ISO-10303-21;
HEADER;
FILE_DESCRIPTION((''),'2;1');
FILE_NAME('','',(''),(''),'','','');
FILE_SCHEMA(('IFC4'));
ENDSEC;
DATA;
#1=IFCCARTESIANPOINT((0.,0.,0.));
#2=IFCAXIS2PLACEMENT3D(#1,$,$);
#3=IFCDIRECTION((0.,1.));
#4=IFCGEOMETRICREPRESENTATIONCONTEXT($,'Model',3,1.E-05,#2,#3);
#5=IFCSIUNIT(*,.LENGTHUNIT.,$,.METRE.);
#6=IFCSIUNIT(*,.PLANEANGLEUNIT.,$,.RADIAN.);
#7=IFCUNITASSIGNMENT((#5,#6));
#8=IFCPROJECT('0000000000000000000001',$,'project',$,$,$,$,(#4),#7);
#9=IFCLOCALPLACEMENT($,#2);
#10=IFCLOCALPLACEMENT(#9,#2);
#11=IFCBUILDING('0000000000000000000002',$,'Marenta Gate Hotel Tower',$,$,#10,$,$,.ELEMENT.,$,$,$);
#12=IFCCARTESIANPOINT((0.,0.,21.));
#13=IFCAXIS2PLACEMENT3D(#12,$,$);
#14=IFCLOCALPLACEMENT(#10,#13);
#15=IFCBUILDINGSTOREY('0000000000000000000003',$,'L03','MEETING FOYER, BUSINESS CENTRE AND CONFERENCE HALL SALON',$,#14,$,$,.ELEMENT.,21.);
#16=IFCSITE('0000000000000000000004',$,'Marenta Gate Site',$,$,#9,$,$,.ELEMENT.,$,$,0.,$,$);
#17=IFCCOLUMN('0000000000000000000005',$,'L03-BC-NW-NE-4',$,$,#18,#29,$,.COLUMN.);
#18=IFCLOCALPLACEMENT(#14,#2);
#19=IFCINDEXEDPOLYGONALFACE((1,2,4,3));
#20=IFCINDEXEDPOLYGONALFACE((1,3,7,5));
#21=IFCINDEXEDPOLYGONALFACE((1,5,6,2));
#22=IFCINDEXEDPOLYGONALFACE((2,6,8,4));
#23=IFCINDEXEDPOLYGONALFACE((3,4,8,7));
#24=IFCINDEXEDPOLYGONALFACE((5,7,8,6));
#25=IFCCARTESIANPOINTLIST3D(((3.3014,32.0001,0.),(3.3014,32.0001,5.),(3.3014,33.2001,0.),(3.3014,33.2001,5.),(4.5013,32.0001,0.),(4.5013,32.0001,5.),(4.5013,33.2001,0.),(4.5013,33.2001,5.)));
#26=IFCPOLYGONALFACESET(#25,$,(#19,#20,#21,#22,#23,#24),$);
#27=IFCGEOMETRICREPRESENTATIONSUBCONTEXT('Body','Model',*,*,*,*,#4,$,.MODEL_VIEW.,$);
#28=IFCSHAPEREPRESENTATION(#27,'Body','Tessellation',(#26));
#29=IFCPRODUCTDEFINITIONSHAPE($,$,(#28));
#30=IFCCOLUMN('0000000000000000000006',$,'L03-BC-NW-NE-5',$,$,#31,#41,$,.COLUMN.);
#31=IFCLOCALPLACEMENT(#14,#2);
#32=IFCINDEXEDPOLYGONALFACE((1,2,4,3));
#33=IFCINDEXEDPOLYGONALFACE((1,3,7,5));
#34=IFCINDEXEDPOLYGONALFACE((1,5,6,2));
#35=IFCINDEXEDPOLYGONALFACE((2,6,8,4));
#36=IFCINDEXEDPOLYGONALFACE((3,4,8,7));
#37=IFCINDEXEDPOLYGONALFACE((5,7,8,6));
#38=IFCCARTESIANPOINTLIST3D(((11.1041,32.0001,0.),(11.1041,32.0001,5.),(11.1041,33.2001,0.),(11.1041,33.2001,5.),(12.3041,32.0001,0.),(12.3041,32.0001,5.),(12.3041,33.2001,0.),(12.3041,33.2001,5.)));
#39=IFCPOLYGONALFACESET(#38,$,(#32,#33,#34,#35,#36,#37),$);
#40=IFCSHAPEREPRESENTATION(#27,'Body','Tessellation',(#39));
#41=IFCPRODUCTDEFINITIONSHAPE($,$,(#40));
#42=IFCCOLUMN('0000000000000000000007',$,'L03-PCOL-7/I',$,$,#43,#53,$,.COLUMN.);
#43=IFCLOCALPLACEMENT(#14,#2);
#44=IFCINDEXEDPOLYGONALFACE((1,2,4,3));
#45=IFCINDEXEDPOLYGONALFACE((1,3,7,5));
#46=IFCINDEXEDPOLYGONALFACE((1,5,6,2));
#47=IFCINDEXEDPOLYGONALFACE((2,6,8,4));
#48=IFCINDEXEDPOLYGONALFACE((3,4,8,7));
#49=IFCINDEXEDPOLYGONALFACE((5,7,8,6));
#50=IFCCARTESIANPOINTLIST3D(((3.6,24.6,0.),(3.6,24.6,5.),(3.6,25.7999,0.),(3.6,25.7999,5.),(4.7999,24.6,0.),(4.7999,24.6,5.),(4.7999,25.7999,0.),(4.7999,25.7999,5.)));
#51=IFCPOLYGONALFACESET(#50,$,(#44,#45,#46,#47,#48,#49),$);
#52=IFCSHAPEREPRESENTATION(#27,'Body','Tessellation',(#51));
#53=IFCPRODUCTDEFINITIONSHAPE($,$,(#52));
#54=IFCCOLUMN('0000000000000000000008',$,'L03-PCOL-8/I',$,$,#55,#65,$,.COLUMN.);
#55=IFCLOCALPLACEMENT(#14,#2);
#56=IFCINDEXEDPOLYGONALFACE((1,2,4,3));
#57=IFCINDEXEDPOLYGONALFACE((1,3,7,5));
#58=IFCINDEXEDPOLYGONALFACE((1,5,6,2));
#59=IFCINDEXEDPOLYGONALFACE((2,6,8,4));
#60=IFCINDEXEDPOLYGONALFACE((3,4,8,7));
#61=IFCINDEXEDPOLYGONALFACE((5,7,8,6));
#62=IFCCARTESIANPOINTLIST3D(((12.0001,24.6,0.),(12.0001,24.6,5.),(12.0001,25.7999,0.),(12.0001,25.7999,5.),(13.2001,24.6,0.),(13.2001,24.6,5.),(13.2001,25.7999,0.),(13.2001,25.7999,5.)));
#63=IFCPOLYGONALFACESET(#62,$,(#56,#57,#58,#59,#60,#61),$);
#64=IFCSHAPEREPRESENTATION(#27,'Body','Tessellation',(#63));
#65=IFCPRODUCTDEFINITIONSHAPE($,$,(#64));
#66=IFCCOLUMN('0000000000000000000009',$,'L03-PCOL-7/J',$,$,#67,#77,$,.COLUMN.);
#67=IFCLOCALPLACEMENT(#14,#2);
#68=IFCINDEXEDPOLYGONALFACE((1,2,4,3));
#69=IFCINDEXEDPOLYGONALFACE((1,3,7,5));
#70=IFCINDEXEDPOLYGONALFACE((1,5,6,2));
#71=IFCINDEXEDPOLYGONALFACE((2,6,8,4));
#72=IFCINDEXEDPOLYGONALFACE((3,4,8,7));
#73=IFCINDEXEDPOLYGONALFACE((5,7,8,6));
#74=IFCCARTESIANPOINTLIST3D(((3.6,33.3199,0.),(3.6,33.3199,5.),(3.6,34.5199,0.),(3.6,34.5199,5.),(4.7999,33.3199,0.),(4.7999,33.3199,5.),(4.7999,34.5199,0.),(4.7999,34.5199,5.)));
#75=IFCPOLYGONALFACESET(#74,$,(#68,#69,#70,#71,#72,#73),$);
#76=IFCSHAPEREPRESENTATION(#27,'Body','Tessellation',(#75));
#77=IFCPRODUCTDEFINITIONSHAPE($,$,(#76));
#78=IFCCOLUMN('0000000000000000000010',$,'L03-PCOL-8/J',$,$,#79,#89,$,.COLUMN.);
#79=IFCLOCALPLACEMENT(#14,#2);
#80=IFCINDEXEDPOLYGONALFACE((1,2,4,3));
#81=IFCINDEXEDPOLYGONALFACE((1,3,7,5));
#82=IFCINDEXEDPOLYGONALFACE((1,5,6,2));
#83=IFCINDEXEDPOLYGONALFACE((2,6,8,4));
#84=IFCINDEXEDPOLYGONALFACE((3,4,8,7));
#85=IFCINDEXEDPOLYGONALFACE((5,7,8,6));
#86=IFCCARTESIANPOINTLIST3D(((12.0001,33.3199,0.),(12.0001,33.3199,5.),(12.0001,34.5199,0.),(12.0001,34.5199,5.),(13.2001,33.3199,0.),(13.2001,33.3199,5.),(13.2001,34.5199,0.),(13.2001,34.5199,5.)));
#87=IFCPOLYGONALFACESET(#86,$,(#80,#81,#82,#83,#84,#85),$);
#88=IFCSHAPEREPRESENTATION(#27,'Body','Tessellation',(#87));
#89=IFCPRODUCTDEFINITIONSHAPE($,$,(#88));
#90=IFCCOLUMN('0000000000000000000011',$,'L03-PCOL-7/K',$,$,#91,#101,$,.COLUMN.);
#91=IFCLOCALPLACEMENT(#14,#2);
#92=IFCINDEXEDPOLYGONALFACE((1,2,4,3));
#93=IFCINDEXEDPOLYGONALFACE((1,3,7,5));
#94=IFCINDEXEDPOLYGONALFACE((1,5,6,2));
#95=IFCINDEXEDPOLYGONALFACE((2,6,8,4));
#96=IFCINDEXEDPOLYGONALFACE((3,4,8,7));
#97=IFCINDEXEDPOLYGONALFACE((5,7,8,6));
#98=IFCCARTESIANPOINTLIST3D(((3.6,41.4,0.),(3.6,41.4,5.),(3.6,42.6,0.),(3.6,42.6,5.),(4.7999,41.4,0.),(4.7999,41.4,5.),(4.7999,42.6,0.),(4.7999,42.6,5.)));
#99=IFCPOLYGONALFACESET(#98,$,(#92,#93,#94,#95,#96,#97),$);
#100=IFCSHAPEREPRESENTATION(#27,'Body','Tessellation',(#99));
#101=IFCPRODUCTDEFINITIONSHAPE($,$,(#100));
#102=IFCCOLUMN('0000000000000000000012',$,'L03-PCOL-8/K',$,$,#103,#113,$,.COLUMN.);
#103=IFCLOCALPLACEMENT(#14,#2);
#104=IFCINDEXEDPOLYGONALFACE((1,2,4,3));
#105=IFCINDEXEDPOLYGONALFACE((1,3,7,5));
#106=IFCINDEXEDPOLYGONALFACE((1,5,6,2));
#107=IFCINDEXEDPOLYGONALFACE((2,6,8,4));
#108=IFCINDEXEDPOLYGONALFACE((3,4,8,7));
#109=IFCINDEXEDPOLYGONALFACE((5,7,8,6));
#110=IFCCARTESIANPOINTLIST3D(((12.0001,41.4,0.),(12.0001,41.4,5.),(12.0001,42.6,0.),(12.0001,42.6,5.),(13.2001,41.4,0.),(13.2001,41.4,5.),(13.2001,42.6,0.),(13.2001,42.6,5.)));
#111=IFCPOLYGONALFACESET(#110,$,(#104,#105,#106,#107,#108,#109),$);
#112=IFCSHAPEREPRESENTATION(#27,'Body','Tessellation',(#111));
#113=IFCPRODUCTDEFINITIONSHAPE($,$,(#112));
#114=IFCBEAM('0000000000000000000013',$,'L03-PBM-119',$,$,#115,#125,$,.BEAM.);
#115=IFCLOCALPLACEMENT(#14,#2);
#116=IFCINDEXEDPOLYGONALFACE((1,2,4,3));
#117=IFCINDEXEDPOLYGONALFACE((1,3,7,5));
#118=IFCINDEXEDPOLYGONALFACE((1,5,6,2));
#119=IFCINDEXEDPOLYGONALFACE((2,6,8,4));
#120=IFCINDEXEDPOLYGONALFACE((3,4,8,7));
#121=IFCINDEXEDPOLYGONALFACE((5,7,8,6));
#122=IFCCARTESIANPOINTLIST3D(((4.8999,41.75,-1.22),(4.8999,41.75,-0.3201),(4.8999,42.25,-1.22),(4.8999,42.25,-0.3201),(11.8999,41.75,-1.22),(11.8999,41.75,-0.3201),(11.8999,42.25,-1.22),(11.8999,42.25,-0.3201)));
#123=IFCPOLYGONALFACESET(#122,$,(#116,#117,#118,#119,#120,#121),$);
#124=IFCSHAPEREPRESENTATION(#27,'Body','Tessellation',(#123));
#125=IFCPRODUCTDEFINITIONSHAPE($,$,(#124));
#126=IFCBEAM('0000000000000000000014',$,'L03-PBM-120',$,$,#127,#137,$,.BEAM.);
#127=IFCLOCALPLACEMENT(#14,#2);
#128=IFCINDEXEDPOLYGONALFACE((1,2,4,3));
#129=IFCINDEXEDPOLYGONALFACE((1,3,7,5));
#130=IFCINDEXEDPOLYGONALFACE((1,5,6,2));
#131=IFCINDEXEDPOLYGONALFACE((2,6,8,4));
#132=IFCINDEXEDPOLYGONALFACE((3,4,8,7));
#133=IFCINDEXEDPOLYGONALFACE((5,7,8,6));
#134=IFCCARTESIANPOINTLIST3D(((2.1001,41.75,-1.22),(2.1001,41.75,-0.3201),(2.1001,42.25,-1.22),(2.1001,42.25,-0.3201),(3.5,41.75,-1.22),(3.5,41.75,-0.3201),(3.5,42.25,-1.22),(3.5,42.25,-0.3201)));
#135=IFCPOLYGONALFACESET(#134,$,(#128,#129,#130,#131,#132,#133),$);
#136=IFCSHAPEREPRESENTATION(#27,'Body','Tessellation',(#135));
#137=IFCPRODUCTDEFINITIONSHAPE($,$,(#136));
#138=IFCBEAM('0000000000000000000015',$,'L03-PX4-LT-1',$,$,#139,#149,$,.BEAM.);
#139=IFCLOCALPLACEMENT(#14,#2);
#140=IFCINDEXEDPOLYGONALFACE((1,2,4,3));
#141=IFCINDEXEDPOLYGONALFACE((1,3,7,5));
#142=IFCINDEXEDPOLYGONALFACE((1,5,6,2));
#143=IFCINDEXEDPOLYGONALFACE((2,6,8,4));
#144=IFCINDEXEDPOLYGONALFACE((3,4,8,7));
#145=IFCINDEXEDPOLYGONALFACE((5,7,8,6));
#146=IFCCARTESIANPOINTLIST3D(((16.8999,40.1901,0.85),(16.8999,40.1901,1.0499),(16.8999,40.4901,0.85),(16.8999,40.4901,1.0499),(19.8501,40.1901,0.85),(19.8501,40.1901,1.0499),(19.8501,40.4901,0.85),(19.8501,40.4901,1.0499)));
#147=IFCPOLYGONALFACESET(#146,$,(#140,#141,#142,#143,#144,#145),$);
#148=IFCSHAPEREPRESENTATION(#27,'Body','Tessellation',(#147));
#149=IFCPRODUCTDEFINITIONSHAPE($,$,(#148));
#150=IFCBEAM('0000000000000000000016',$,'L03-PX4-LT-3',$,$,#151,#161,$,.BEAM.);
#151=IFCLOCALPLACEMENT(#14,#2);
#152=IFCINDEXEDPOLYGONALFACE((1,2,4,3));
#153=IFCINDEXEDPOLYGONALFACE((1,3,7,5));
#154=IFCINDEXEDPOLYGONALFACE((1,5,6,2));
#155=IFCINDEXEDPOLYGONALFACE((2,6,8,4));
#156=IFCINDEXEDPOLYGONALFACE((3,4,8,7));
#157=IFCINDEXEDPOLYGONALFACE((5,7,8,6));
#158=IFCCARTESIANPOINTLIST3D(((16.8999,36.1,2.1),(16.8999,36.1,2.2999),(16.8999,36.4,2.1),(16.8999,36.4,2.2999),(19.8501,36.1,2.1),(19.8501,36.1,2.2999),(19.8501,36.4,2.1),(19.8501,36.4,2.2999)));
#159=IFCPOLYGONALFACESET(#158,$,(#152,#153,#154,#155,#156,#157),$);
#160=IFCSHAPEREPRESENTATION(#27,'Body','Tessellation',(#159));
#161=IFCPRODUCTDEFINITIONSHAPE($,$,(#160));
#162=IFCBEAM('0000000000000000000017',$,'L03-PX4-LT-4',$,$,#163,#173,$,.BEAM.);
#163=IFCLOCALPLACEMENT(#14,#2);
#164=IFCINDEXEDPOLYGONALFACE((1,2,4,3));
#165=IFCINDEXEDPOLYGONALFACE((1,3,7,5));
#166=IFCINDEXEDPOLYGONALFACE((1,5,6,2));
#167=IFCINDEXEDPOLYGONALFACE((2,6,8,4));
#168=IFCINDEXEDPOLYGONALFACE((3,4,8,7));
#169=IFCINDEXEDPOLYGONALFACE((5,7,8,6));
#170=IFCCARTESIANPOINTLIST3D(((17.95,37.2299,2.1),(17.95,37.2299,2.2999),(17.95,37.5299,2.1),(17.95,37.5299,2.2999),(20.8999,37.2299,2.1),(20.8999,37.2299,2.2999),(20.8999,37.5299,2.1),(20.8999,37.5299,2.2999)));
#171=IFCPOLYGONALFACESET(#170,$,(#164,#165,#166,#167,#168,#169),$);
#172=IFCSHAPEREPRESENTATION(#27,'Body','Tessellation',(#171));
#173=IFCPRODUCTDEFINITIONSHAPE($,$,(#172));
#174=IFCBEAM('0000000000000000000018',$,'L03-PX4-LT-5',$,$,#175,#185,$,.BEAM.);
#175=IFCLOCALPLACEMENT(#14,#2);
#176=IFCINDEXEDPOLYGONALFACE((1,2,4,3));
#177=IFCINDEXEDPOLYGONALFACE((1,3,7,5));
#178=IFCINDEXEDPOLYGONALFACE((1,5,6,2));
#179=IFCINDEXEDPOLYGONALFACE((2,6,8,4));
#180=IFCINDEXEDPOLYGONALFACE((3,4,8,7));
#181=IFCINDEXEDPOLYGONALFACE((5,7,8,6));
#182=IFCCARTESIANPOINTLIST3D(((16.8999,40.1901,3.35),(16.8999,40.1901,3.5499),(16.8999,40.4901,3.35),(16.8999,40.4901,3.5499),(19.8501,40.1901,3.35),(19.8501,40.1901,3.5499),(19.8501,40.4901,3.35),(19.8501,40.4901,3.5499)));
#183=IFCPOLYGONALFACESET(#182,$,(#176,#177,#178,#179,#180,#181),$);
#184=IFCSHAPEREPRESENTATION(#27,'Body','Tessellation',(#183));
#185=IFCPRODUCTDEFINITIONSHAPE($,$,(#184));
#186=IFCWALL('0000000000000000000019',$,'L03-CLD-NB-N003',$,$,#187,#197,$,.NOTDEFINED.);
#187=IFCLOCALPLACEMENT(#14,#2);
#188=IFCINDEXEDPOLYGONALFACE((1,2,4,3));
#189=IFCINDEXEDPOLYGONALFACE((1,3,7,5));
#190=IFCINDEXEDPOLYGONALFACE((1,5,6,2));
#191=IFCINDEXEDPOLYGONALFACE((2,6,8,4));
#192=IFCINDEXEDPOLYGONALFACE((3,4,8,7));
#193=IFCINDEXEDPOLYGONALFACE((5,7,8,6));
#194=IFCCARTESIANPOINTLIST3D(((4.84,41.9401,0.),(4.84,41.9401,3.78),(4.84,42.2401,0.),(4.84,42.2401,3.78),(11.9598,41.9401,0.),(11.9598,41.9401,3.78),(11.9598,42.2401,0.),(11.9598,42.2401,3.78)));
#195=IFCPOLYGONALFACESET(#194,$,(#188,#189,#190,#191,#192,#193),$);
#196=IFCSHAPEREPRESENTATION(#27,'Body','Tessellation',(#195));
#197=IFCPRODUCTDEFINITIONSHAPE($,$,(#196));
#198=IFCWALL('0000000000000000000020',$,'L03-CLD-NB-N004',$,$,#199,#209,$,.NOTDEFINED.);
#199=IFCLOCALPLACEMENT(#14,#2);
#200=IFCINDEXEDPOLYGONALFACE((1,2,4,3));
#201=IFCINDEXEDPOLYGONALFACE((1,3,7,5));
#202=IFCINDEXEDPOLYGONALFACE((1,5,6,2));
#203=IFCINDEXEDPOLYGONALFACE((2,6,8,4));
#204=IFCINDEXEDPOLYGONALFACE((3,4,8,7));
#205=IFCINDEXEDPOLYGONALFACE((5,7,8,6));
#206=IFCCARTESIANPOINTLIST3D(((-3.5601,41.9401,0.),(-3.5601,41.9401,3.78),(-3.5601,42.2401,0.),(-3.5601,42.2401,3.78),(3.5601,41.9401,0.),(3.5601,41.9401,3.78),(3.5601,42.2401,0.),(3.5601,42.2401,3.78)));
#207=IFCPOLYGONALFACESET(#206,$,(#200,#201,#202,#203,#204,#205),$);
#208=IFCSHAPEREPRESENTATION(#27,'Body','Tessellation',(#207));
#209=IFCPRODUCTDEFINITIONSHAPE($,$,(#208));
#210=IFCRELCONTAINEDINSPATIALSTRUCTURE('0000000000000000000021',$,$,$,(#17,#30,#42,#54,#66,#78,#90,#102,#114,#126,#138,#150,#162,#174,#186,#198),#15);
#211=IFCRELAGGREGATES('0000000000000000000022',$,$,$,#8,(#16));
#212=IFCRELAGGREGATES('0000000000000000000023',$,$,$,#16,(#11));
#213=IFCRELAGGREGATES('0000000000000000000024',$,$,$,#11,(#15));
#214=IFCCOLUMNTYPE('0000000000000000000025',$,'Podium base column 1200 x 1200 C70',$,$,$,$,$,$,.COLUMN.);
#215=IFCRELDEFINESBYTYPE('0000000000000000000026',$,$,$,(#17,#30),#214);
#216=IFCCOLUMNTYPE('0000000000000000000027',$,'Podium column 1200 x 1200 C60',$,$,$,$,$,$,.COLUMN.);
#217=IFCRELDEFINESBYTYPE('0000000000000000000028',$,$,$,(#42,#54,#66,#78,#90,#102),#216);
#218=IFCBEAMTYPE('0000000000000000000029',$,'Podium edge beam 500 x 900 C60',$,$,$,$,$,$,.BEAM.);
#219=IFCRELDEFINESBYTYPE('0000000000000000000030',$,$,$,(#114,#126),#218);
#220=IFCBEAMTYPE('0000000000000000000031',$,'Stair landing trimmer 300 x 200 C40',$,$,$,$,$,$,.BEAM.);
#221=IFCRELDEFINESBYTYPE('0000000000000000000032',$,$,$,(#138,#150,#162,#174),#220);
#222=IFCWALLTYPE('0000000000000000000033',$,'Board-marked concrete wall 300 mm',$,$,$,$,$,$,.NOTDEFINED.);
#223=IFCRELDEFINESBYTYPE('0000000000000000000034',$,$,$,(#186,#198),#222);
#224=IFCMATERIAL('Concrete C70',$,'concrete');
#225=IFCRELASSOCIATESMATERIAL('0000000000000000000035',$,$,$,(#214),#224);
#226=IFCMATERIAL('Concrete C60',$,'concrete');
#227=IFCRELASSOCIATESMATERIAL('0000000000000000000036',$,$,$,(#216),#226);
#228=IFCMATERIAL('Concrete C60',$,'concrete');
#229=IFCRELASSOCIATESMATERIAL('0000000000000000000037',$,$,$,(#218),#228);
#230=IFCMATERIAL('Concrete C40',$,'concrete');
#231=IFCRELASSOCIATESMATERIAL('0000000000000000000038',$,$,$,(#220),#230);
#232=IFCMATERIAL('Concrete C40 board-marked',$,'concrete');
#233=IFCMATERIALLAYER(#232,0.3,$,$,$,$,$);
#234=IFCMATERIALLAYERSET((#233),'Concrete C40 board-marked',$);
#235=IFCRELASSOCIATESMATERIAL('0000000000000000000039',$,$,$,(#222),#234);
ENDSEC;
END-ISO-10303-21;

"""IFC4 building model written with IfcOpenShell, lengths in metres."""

from ifc_helpers import new_model, si_unit, direction, frame, frame_2d, origin, origin_2d, place, context, subcontext, project, spatial, rectangle, extrude, material, layer, layer_set, material_profile, profile_set, type_object, element, save


model = new_model("IFC4")

# Units and contexts
model_context = context("Model", 3, precision=1e-05, world=origin(), true_north=direction((0.0, 1.0)))
body_context = subcontext(model_context, "Body", "Model", "MODEL_VIEW")
ifc_project = project(units=[si_unit("LENGTHUNIT", "METRE"), si_unit("PLANEANGLEUNIT", "RADIAN")], contexts=[model_context])

# Site, building, storey
site_placement = place(None, origin())
site = spatial("IfcSite", under=ifc_project, at=site_placement, Name="Marenta Gate Site", CompositionType="ELEMENT", RefElevation=0.0)
building_placement = place(site_placement, origin())
building = spatial("IfcBuilding", under=site, at=building_placement, Name="Marenta Gate Hotel Tower", CompositionType="ELEMENT")
storey_placement = place(building_placement, frame((0.0, 0.0, 21.0)))
storey = spatial("IfcBuildingStorey", under=building, at=storey_placement, Name="L03", Description="MEETING FOYER, BUSINESS CENTRE AND CONFERENCE HALL SALON", CompositionType="ELEMENT", Elevation=21.0)

# Columns
ifc_material_1 = material(Name="Concrete C70", Category="concrete")
ifc_material_profile_1 = material_profile(ifc_material_1, rectangle(XDim=1.2, YDim=1.2, at=origin_2d()), Name="1200 x 1200")
ifc_profile_set_1 = profile_set([ifc_material_profile_1], Name="Concrete C70")
column_type_1 = type_object("IfcColumnType", Name="Podium base column 1200 x 1200 C70", PredefinedType="COLUMN", material=ifc_profile_set_1)
for number, where, z_axis, x_axis, name in (
    (1, (3.9014, 32.6001, 0.0), (0.0, 0.0, 1.0), (1.0, 0.0, 0.0), "L03-BC-NW-NE-4"),
    (2, (11.7041, 32.6001, 0.0), (0.0, 0.0, 1.0), (1.0, 0.0, 0.0), "L03-BC-NW-NE-5"),
):
    element("IfcColumn", number, at=place(storey_placement, frame(where, z_axis=z_axis, x_axis=x_axis)), inside=storey, type_object=column_type_1, Name=name, PredefinedType="COLUMN", context=body_context, shape_type="SweptSolid", body=[
        extrude(rectangle(XDim=1.2, YDim=1.2, at=origin_2d()), origin(), (0.0, 0.0, 1.0), 5.0),
    ])
ifc_material_2 = material(Name="Concrete C60", Category="concrete")
ifc_material_profile_2 = material_profile(ifc_material_2, rectangle(XDim=1.2, YDim=1.2, at=origin_2d()), Name="1200 x 1200")
ifc_profile_set_2 = profile_set([ifc_material_profile_2], Name="Concrete C60")
column_type_2 = type_object("IfcColumnType", Name="Podium column 1200 x 1200 C60", PredefinedType="COLUMN", material=ifc_profile_set_2)
for number, where, z_axis, x_axis, name in (
    (3, (4.2, 25.2, 0.0), (0.0, 0.0, 1.0), (1.0, 0.0, 0.0), "L03-PCOL-7/I"),
    (4, (12.6001, 25.2, 0.0), (0.0, 0.0, 1.0), (1.0, 0.0, 0.0), "L03-PCOL-8/I"),
    (5, (4.2, 33.9199, 0.0), (0.0, 0.0, 1.0), (1.0, 0.0, 0.0), "L03-PCOL-7/J"),
    (6, (12.6001, 33.9199, 0.0), (0.0, 0.0, 1.0), (1.0, 0.0, 0.0), "L03-PCOL-8/J"),
    (7, (4.2, 42.0, 0.0), (0.0, 0.0, 1.0), (1.0, 0.0, 0.0), "L03-PCOL-7/K"),
    (8, (12.6001, 42.0, 0.0), (0.0, 0.0, 1.0), (1.0, 0.0, 0.0), "L03-PCOL-8/K"),
):
    element("IfcColumn", number, at=place(storey_placement, frame(where, z_axis=z_axis, x_axis=x_axis)), inside=storey, type_object=column_type_2, Name=name, PredefinedType="COLUMN", context=body_context, shape_type="SweptSolid", body=[
        extrude(rectangle(XDim=1.2, YDim=1.2, at=origin_2d()), origin(), (0.0, 0.0, 1.0), 5.0),
    ])

# Beams
ifc_material_3 = material(Name="Concrete C60", Category="concrete")
ifc_material_profile_3 = material_profile(ifc_material_3, rectangle(XDim=0.5, YDim=0.8999, at=origin_2d()), Name="500 x 900")
ifc_profile_set_3 = profile_set([ifc_material_profile_3], Name="Concrete C60")
beam_type_1 = type_object("IfcBeamType", Name="Podium edge beam 500 x 900 C60", PredefinedType="BEAM", material=ifc_profile_set_3)
beam_1_placement = place(storey_placement, frame((11.8999, 42.0, -0.77), z_axis=(-1.0, 0.0, 0.0), x_axis=(0.0, -1.0, 0.0)))
element("IfcBeam", 9, at=beam_1_placement, inside=storey, type_object=beam_type_1, Name="L03-PBM-119", PredefinedType="BEAM", context=body_context, shape_type="SweptSolid", body=[
    extrude(rectangle(XDim=0.5, YDim=0.8999, at=origin_2d()), origin(), (0.0, 0.0, 1.0), 7.0),
])
beam_2_placement = place(storey_placement, frame((3.5, 42.0, -0.77), z_axis=(-1.0, 0.0, 0.0), x_axis=(0.0, -1.0, 0.0)))
element("IfcBeam", 10, at=beam_2_placement, inside=storey, type_object=beam_type_1, Name="L03-PBM-120", PredefinedType="BEAM", context=body_context, shape_type="SweptSolid", body=[
    extrude(rectangle(XDim=0.5, YDim=0.8999, at=origin_2d()), origin(), (0.0, 0.0, 1.0), 1.3999),
])
ifc_material_4 = material(Name="Concrete C40", Category="concrete")
ifc_material_profile_4 = material_profile(ifc_material_4, rectangle(XDim=0.3, YDim=0.2, at=origin_2d()), Name="300 x 200")
ifc_profile_set_4 = profile_set([ifc_material_profile_4], Name="Concrete C40")
beam_type_2 = type_object("IfcBeamType", Name="Stair landing trimmer 300 x 200 C40", PredefinedType="BEAM", material=ifc_profile_set_4)
for number, where, z_axis, x_axis, name in (
    (11, (16.8999, 40.3401, 0.95), (1.0, 0.0, 0.0), (0.0, 1.0, 0.0), "L03-PX4-LT-1"),
    (12, (16.8999, 36.25, 2.2), (1.0, 0.0, 0.0), (0.0, 1.0, 0.0), "L03-PX4-LT-3"),
):
    element("IfcBeam", number, at=place(storey_placement, frame(where, z_axis=z_axis, x_axis=x_axis)), inside=storey, type_object=beam_type_2, Name=name, PredefinedType="BEAM", context=body_context, shape_type="SweptSolid", body=[
        extrude(rectangle(XDim=0.3, YDim=0.2, at=origin_2d()), origin(), (0.0, 0.0, 1.0), 2.9502),
    ])
beam_3_placement = place(storey_placement, frame((17.95, 37.3799, 2.2), z_axis=(1.0, 0.0, 0.0), x_axis=(0.0, 1.0, 0.0)))
element("IfcBeam", 13, at=beam_3_placement, inside=storey, type_object=beam_type_2, Name="L03-PX4-LT-4", PredefinedType="BEAM", context=body_context, shape_type="SweptSolid", body=[
    extrude(rectangle(XDim=0.3, YDim=0.2, at=origin_2d()), origin(), (0.0, 0.0, 1.0), 2.95),
])
beam_4_placement = place(storey_placement, frame((16.8999, 40.3401, 3.45), z_axis=(1.0, 0.0, 0.0), x_axis=(0.0, 1.0, 0.0)))
element("IfcBeam", 14, at=beam_4_placement, inside=storey, type_object=beam_type_2, Name="L03-PX4-LT-5", PredefinedType="BEAM", context=body_context, shape_type="SweptSolid", body=[
    extrude(rectangle(XDim=0.3, YDim=0.2, at=origin_2d()), origin(), (0.0, 0.0, 1.0), 2.9502),
])

# Walls
ifc_material_5 = material(Name="Concrete C40 board-marked", Category="concrete")
ifc_layer_1 = layer(ifc_material_5, 0.3)
ifc_layer_set_1 = layer_set([ifc_layer_1], Name="Concrete C40 board-marked")
wall_type_1 = type_object("IfcWallType", Name="Board-marked concrete wall 300 mm", PredefinedType="NOTDEFINED", material=ifc_layer_set_1)
wall_1_placement = place(storey_placement, frame((11.96, 42.0901, 0.0), z_axis=(0.0, 0.0, 1.0), x_axis=(-1.0, 0.0, 0.0)))
element("IfcWall", 15, at=wall_1_placement, inside=storey, type_object=wall_type_1, Name="L03-CLD-NB-N003", PredefinedType="NOTDEFINED", context=body_context, shape_type="SweptSolid", body=[
    extrude(rectangle(XDim=7.1199, YDim=0.3, at=frame_2d((3.5601, 0.0))), origin(), (0.0, 0.0, 1.0), 3.78),
])
wall_2_placement = place(storey_placement, frame((3.5601, 42.0901, 0.0), z_axis=(0.0, 0.0, 1.0), x_axis=(-1.0, 0.0, 0.0)))
element("IfcWall", 16, at=wall_2_placement, inside=storey, type_object=wall_type_1, Name="L03-CLD-NB-N004", PredefinedType="NOTDEFINED", context=body_context, shape_type="SweptSolid", body=[
    extrude(rectangle(XDim=7.1201, YDim=0.3, at=frame_2d((3.5601, 0.0))), origin(), (0.0, 0.0, 1.0), 3.78),
])

save(model, "model.ifc")
